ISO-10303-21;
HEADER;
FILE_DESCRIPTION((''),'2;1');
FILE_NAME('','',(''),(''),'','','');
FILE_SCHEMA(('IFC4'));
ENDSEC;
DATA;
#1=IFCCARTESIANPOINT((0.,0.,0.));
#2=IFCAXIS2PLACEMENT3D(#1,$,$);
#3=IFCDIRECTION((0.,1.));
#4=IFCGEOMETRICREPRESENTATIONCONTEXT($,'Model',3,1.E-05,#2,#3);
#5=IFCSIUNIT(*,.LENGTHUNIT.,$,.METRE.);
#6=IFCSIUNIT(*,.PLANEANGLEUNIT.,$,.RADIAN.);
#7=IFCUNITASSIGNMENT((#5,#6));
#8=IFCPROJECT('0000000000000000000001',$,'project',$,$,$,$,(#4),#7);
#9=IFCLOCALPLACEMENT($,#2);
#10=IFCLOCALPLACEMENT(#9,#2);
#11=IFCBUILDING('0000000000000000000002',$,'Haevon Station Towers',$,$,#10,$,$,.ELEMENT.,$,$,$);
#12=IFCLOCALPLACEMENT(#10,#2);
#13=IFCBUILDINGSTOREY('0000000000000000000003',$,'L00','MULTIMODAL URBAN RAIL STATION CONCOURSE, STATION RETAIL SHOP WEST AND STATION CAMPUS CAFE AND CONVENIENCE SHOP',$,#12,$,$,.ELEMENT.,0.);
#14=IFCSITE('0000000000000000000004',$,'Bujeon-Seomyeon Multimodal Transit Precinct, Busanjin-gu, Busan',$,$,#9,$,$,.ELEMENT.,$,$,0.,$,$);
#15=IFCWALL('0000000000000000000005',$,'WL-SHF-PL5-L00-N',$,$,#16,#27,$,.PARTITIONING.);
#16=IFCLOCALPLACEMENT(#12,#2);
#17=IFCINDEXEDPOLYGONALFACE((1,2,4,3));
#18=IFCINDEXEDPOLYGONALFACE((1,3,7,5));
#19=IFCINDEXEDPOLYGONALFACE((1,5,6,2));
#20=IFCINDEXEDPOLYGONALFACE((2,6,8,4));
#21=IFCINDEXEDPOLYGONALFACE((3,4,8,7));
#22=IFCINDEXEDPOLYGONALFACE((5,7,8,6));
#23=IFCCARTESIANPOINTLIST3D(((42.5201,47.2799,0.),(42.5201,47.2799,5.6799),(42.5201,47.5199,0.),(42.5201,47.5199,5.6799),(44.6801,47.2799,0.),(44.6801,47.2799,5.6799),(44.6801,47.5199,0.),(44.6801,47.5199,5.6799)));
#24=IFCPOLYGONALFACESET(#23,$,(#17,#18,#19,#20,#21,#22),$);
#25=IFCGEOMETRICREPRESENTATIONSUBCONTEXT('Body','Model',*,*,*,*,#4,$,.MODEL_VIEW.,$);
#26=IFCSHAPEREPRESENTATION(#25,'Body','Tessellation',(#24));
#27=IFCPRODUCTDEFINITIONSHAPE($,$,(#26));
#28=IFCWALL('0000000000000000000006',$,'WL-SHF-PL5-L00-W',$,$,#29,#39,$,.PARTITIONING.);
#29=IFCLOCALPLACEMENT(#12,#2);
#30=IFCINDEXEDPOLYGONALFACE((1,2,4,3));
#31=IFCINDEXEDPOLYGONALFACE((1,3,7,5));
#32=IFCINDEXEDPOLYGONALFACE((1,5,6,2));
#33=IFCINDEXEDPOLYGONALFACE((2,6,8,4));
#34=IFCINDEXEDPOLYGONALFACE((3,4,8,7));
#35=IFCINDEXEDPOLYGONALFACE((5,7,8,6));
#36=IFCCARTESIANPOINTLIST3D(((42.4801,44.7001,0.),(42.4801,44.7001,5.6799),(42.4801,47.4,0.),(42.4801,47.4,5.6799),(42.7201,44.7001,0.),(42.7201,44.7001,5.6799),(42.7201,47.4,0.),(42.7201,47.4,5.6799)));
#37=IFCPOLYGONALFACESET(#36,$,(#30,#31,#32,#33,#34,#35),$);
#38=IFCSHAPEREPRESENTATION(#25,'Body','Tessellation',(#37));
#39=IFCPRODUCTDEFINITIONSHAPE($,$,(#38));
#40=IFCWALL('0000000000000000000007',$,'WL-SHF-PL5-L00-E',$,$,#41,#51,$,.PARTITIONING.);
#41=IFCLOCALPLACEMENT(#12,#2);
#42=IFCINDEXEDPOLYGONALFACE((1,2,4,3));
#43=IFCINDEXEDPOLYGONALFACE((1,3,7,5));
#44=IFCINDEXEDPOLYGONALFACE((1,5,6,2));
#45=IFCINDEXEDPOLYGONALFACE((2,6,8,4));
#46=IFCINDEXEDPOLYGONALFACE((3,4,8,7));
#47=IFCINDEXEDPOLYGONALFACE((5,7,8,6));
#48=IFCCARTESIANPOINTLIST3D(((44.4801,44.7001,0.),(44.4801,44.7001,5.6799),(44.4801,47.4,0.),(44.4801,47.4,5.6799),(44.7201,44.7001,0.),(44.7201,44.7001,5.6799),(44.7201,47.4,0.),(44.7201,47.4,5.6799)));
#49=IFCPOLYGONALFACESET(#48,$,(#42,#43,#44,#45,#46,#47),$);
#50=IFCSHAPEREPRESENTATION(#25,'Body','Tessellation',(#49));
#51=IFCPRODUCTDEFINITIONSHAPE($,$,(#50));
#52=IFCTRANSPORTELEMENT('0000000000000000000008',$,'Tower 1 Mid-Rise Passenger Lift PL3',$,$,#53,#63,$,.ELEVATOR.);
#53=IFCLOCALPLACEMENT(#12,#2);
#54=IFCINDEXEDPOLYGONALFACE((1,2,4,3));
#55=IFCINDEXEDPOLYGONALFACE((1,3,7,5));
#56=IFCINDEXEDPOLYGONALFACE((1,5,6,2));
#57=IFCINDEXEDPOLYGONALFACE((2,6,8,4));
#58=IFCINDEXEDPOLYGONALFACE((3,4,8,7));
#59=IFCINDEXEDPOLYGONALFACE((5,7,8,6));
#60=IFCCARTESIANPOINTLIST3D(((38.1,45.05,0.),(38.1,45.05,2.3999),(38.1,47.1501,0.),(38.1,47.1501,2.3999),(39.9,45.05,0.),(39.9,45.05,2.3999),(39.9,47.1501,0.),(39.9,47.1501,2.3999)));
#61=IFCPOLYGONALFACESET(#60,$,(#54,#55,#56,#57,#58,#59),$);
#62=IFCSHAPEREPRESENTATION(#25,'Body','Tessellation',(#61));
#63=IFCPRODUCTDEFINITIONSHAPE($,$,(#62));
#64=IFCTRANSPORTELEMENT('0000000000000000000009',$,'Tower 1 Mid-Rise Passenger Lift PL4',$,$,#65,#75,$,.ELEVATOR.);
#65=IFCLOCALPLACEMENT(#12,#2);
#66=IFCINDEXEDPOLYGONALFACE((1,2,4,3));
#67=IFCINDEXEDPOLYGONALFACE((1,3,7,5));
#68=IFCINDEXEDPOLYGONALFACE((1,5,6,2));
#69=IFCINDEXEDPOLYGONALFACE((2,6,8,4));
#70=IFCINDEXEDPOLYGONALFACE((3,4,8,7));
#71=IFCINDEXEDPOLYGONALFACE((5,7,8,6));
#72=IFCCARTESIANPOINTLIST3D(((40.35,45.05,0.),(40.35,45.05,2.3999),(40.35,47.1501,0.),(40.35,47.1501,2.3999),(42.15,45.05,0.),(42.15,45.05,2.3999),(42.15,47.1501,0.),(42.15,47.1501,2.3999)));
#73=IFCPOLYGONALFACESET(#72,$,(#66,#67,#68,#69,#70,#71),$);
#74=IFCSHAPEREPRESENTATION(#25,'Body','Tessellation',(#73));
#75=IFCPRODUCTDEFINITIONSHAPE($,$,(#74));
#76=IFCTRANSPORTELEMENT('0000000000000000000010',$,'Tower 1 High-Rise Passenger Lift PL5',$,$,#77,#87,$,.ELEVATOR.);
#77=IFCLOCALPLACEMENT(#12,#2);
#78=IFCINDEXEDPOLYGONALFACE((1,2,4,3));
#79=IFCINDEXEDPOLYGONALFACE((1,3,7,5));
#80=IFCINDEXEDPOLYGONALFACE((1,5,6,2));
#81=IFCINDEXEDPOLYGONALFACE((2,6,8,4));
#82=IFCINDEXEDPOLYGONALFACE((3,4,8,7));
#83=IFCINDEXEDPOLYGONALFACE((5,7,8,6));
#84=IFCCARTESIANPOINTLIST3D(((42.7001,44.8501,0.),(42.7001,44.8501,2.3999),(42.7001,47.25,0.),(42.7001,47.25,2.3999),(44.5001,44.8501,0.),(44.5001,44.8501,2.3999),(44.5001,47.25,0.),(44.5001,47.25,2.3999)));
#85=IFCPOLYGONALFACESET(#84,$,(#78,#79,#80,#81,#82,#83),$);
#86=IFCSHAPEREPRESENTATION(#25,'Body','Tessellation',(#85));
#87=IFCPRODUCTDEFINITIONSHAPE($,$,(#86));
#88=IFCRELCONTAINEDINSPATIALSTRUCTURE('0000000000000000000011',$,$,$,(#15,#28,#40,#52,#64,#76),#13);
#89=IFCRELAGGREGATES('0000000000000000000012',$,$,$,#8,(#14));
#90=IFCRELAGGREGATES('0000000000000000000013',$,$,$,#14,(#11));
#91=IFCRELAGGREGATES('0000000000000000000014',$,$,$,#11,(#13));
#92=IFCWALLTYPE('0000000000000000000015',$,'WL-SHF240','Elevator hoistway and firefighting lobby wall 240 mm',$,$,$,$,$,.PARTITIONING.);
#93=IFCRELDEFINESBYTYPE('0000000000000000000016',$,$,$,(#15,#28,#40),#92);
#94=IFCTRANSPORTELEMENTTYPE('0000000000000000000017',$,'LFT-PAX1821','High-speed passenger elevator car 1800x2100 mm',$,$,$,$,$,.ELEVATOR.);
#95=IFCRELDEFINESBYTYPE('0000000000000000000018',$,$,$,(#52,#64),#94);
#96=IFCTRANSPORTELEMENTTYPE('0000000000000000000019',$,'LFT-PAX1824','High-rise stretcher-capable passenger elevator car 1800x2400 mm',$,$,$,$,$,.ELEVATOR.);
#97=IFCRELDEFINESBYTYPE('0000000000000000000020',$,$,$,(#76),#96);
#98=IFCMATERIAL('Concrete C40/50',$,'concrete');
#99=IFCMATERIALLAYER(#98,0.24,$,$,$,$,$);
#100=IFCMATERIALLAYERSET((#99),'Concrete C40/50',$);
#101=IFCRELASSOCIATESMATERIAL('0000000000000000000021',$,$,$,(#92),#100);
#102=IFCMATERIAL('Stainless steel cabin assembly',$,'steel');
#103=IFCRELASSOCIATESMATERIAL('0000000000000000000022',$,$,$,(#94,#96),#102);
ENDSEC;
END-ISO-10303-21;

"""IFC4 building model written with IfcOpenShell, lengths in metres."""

from ifc_helpers import new_model, si_unit, direction, frame, frame_2d, origin, origin_2d, place, context, subcontext, project, spatial, rectangle, extrude, material, layer, layer_set, type_object, element, save


model = new_model("IFC4")

# Units and contexts
model_context = context("Model", 3, precision=1e-05, world=origin(), true_north=direction((0.0, 1.0)))
body_context = subcontext(model_context, "Body", "Model", "MODEL_VIEW")
ifc_project = project(units=[si_unit("LENGTHUNIT", "METRE"), si_unit("PLANEANGLEUNIT", "RADIAN")], contexts=[model_context])

# Site, building, storey
site_placement = place(None, origin())
site = spatial("IfcSite", under=ifc_project, at=site_placement, Name="Bujeon-Seomyeon Multimodal Transit Precinct, Busanjin-gu, Busan", CompositionType="ELEMENT", RefElevation=0.0)
building_placement = place(site_placement, origin())
building = spatial("IfcBuilding", under=site, at=building_placement, Name="Haevon Station Towers", CompositionType="ELEMENT")
storey_placement = place(building_placement, origin())
storey = spatial("IfcBuildingStorey", under=building, at=storey_placement, Name="L00", Description="MULTIMODAL URBAN RAIL STATION CONCOURSE, STATION RETAIL SHOP WEST AND STATION CAMPUS CAFE AND CONVENIENCE SHOP", CompositionType="ELEMENT", Elevation=0.0)

# Shared definitions
ifc_material_1 = material(Name="Concrete C40/50", Category="concrete")
ifc_layer_1 = layer(ifc_material_1, 0.24)
ifc_layer_set_1 = layer_set([ifc_layer_1], Name="Concrete C40/50")
wall_type_1 = type_object("IfcWallType", Name="WL-SHF240", Description="Elevator hoistway and firefighting lobby wall 240 mm", PredefinedType="PARTITIONING", material=ifc_layer_set_1)

# Walls
wall_1_placement = place(storey_placement, frame((42.52, 47.3999, 0.0), z_axis=(0.0, 0.0, 1.0), x_axis=(1.0, 0.0, 0.0)))
element("IfcWall", 1, at=wall_1_placement, inside=storey, type_object=wall_type_1, Name="WL-SHF-PL5-L00-N", PredefinedType="PARTITIONING", context=body_context, shape_type="SweptSolid", body=[
    extrude(rectangle(XDim=2.1599, YDim=0.24, at=frame_2d((1.0801, 0.0))), origin(), (0.0, 0.0, 1.0), 5.6799),
])
for number, where, z_axis, x_axis, name in (
    (2, (42.6001, 44.7, 0.0), (0.0, 0.0, 1.0), (0.0, 1.0, 0.0), "WL-SHF-PL5-L00-W"),
    (3, (44.6001, 44.7, 0.0), (0.0, 0.0, 1.0), (0.0, 1.0, 0.0), "WL-SHF-PL5-L00-E"),
):
    element("IfcWall", number, at=place(storey_placement, frame(where, z_axis=z_axis, x_axis=x_axis)), inside=storey, type_object=wall_type_1, Name=name, PredefinedType="PARTITIONING", context=body_context, shape_type="SweptSolid", body=[
        extrude(rectangle(XDim=2.7, YDim=0.24, at=frame_2d((1.3501, 0.0))), origin(), (0.0, 0.0, 1.0), 5.6799),
    ])

# Transport elements
ifc_material_2 = material(Name="Stainless steel cabin assembly", Category="steel")
transport_element_type_1 = type_object("IfcTransportElementType", Name="LFT-PAX1821", Description="High-speed passenger elevator car 1800x2100 mm", PredefinedType="ELEVATOR", material=ifc_material_2)
for number, where, z_axis, x_axis, name in (
    (4, (39.0, 46.1001, 0.0), (0.0, 0.0, 1.0), (1.0, 0.0, 0.0), "Tower 1 Mid-Rise Passenger Lift PL3"),
    (5, (41.25, 46.1001, 0.0), (0.0, 0.0, 1.0), (1.0, 0.0, 0.0), "Tower 1 Mid-Rise Passenger Lift PL4"),
):
    element("IfcTransportElement", number, at=place(storey_placement, frame(where, z_axis=z_axis, x_axis=x_axis)), inside=storey, type_object=transport_element_type_1, Name=name, PredefinedType="ELEVATOR", context=body_context, shape_type="SweptSolid", body=[
        extrude(rectangle(XDim=1.8, YDim=2.1001, at=origin_2d()), origin(), (0.0, 0.0, 1.0), 2.3999),
    ])
transport_element_type_2 = type_object("IfcTransportElementType", Name="LFT-PAX1824", Description="High-rise stretcher-capable passenger elevator car 1800x2400 mm", PredefinedType="ELEVATOR", material=ifc_material_2)
transport_element_placement = place(storey_placement, frame((43.6001, 46.05, 0.0), z_axis=(0.0, 0.0, 1.0), x_axis=(1.0, 0.0, 0.0)))
element("IfcTransportElement", 6, at=transport_element_placement, inside=storey, type_object=transport_element_type_2, Name="Tower 1 High-Rise Passenger Lift PL5", PredefinedType="ELEVATOR", context=body_context, shape_type="SweptSolid", body=[
    extrude(rectangle(XDim=1.8, YDim=2.3999, at=origin_2d()), origin(), (0.0, 0.0, 1.0), 2.3999),
])

save(model, "model.ifc")
